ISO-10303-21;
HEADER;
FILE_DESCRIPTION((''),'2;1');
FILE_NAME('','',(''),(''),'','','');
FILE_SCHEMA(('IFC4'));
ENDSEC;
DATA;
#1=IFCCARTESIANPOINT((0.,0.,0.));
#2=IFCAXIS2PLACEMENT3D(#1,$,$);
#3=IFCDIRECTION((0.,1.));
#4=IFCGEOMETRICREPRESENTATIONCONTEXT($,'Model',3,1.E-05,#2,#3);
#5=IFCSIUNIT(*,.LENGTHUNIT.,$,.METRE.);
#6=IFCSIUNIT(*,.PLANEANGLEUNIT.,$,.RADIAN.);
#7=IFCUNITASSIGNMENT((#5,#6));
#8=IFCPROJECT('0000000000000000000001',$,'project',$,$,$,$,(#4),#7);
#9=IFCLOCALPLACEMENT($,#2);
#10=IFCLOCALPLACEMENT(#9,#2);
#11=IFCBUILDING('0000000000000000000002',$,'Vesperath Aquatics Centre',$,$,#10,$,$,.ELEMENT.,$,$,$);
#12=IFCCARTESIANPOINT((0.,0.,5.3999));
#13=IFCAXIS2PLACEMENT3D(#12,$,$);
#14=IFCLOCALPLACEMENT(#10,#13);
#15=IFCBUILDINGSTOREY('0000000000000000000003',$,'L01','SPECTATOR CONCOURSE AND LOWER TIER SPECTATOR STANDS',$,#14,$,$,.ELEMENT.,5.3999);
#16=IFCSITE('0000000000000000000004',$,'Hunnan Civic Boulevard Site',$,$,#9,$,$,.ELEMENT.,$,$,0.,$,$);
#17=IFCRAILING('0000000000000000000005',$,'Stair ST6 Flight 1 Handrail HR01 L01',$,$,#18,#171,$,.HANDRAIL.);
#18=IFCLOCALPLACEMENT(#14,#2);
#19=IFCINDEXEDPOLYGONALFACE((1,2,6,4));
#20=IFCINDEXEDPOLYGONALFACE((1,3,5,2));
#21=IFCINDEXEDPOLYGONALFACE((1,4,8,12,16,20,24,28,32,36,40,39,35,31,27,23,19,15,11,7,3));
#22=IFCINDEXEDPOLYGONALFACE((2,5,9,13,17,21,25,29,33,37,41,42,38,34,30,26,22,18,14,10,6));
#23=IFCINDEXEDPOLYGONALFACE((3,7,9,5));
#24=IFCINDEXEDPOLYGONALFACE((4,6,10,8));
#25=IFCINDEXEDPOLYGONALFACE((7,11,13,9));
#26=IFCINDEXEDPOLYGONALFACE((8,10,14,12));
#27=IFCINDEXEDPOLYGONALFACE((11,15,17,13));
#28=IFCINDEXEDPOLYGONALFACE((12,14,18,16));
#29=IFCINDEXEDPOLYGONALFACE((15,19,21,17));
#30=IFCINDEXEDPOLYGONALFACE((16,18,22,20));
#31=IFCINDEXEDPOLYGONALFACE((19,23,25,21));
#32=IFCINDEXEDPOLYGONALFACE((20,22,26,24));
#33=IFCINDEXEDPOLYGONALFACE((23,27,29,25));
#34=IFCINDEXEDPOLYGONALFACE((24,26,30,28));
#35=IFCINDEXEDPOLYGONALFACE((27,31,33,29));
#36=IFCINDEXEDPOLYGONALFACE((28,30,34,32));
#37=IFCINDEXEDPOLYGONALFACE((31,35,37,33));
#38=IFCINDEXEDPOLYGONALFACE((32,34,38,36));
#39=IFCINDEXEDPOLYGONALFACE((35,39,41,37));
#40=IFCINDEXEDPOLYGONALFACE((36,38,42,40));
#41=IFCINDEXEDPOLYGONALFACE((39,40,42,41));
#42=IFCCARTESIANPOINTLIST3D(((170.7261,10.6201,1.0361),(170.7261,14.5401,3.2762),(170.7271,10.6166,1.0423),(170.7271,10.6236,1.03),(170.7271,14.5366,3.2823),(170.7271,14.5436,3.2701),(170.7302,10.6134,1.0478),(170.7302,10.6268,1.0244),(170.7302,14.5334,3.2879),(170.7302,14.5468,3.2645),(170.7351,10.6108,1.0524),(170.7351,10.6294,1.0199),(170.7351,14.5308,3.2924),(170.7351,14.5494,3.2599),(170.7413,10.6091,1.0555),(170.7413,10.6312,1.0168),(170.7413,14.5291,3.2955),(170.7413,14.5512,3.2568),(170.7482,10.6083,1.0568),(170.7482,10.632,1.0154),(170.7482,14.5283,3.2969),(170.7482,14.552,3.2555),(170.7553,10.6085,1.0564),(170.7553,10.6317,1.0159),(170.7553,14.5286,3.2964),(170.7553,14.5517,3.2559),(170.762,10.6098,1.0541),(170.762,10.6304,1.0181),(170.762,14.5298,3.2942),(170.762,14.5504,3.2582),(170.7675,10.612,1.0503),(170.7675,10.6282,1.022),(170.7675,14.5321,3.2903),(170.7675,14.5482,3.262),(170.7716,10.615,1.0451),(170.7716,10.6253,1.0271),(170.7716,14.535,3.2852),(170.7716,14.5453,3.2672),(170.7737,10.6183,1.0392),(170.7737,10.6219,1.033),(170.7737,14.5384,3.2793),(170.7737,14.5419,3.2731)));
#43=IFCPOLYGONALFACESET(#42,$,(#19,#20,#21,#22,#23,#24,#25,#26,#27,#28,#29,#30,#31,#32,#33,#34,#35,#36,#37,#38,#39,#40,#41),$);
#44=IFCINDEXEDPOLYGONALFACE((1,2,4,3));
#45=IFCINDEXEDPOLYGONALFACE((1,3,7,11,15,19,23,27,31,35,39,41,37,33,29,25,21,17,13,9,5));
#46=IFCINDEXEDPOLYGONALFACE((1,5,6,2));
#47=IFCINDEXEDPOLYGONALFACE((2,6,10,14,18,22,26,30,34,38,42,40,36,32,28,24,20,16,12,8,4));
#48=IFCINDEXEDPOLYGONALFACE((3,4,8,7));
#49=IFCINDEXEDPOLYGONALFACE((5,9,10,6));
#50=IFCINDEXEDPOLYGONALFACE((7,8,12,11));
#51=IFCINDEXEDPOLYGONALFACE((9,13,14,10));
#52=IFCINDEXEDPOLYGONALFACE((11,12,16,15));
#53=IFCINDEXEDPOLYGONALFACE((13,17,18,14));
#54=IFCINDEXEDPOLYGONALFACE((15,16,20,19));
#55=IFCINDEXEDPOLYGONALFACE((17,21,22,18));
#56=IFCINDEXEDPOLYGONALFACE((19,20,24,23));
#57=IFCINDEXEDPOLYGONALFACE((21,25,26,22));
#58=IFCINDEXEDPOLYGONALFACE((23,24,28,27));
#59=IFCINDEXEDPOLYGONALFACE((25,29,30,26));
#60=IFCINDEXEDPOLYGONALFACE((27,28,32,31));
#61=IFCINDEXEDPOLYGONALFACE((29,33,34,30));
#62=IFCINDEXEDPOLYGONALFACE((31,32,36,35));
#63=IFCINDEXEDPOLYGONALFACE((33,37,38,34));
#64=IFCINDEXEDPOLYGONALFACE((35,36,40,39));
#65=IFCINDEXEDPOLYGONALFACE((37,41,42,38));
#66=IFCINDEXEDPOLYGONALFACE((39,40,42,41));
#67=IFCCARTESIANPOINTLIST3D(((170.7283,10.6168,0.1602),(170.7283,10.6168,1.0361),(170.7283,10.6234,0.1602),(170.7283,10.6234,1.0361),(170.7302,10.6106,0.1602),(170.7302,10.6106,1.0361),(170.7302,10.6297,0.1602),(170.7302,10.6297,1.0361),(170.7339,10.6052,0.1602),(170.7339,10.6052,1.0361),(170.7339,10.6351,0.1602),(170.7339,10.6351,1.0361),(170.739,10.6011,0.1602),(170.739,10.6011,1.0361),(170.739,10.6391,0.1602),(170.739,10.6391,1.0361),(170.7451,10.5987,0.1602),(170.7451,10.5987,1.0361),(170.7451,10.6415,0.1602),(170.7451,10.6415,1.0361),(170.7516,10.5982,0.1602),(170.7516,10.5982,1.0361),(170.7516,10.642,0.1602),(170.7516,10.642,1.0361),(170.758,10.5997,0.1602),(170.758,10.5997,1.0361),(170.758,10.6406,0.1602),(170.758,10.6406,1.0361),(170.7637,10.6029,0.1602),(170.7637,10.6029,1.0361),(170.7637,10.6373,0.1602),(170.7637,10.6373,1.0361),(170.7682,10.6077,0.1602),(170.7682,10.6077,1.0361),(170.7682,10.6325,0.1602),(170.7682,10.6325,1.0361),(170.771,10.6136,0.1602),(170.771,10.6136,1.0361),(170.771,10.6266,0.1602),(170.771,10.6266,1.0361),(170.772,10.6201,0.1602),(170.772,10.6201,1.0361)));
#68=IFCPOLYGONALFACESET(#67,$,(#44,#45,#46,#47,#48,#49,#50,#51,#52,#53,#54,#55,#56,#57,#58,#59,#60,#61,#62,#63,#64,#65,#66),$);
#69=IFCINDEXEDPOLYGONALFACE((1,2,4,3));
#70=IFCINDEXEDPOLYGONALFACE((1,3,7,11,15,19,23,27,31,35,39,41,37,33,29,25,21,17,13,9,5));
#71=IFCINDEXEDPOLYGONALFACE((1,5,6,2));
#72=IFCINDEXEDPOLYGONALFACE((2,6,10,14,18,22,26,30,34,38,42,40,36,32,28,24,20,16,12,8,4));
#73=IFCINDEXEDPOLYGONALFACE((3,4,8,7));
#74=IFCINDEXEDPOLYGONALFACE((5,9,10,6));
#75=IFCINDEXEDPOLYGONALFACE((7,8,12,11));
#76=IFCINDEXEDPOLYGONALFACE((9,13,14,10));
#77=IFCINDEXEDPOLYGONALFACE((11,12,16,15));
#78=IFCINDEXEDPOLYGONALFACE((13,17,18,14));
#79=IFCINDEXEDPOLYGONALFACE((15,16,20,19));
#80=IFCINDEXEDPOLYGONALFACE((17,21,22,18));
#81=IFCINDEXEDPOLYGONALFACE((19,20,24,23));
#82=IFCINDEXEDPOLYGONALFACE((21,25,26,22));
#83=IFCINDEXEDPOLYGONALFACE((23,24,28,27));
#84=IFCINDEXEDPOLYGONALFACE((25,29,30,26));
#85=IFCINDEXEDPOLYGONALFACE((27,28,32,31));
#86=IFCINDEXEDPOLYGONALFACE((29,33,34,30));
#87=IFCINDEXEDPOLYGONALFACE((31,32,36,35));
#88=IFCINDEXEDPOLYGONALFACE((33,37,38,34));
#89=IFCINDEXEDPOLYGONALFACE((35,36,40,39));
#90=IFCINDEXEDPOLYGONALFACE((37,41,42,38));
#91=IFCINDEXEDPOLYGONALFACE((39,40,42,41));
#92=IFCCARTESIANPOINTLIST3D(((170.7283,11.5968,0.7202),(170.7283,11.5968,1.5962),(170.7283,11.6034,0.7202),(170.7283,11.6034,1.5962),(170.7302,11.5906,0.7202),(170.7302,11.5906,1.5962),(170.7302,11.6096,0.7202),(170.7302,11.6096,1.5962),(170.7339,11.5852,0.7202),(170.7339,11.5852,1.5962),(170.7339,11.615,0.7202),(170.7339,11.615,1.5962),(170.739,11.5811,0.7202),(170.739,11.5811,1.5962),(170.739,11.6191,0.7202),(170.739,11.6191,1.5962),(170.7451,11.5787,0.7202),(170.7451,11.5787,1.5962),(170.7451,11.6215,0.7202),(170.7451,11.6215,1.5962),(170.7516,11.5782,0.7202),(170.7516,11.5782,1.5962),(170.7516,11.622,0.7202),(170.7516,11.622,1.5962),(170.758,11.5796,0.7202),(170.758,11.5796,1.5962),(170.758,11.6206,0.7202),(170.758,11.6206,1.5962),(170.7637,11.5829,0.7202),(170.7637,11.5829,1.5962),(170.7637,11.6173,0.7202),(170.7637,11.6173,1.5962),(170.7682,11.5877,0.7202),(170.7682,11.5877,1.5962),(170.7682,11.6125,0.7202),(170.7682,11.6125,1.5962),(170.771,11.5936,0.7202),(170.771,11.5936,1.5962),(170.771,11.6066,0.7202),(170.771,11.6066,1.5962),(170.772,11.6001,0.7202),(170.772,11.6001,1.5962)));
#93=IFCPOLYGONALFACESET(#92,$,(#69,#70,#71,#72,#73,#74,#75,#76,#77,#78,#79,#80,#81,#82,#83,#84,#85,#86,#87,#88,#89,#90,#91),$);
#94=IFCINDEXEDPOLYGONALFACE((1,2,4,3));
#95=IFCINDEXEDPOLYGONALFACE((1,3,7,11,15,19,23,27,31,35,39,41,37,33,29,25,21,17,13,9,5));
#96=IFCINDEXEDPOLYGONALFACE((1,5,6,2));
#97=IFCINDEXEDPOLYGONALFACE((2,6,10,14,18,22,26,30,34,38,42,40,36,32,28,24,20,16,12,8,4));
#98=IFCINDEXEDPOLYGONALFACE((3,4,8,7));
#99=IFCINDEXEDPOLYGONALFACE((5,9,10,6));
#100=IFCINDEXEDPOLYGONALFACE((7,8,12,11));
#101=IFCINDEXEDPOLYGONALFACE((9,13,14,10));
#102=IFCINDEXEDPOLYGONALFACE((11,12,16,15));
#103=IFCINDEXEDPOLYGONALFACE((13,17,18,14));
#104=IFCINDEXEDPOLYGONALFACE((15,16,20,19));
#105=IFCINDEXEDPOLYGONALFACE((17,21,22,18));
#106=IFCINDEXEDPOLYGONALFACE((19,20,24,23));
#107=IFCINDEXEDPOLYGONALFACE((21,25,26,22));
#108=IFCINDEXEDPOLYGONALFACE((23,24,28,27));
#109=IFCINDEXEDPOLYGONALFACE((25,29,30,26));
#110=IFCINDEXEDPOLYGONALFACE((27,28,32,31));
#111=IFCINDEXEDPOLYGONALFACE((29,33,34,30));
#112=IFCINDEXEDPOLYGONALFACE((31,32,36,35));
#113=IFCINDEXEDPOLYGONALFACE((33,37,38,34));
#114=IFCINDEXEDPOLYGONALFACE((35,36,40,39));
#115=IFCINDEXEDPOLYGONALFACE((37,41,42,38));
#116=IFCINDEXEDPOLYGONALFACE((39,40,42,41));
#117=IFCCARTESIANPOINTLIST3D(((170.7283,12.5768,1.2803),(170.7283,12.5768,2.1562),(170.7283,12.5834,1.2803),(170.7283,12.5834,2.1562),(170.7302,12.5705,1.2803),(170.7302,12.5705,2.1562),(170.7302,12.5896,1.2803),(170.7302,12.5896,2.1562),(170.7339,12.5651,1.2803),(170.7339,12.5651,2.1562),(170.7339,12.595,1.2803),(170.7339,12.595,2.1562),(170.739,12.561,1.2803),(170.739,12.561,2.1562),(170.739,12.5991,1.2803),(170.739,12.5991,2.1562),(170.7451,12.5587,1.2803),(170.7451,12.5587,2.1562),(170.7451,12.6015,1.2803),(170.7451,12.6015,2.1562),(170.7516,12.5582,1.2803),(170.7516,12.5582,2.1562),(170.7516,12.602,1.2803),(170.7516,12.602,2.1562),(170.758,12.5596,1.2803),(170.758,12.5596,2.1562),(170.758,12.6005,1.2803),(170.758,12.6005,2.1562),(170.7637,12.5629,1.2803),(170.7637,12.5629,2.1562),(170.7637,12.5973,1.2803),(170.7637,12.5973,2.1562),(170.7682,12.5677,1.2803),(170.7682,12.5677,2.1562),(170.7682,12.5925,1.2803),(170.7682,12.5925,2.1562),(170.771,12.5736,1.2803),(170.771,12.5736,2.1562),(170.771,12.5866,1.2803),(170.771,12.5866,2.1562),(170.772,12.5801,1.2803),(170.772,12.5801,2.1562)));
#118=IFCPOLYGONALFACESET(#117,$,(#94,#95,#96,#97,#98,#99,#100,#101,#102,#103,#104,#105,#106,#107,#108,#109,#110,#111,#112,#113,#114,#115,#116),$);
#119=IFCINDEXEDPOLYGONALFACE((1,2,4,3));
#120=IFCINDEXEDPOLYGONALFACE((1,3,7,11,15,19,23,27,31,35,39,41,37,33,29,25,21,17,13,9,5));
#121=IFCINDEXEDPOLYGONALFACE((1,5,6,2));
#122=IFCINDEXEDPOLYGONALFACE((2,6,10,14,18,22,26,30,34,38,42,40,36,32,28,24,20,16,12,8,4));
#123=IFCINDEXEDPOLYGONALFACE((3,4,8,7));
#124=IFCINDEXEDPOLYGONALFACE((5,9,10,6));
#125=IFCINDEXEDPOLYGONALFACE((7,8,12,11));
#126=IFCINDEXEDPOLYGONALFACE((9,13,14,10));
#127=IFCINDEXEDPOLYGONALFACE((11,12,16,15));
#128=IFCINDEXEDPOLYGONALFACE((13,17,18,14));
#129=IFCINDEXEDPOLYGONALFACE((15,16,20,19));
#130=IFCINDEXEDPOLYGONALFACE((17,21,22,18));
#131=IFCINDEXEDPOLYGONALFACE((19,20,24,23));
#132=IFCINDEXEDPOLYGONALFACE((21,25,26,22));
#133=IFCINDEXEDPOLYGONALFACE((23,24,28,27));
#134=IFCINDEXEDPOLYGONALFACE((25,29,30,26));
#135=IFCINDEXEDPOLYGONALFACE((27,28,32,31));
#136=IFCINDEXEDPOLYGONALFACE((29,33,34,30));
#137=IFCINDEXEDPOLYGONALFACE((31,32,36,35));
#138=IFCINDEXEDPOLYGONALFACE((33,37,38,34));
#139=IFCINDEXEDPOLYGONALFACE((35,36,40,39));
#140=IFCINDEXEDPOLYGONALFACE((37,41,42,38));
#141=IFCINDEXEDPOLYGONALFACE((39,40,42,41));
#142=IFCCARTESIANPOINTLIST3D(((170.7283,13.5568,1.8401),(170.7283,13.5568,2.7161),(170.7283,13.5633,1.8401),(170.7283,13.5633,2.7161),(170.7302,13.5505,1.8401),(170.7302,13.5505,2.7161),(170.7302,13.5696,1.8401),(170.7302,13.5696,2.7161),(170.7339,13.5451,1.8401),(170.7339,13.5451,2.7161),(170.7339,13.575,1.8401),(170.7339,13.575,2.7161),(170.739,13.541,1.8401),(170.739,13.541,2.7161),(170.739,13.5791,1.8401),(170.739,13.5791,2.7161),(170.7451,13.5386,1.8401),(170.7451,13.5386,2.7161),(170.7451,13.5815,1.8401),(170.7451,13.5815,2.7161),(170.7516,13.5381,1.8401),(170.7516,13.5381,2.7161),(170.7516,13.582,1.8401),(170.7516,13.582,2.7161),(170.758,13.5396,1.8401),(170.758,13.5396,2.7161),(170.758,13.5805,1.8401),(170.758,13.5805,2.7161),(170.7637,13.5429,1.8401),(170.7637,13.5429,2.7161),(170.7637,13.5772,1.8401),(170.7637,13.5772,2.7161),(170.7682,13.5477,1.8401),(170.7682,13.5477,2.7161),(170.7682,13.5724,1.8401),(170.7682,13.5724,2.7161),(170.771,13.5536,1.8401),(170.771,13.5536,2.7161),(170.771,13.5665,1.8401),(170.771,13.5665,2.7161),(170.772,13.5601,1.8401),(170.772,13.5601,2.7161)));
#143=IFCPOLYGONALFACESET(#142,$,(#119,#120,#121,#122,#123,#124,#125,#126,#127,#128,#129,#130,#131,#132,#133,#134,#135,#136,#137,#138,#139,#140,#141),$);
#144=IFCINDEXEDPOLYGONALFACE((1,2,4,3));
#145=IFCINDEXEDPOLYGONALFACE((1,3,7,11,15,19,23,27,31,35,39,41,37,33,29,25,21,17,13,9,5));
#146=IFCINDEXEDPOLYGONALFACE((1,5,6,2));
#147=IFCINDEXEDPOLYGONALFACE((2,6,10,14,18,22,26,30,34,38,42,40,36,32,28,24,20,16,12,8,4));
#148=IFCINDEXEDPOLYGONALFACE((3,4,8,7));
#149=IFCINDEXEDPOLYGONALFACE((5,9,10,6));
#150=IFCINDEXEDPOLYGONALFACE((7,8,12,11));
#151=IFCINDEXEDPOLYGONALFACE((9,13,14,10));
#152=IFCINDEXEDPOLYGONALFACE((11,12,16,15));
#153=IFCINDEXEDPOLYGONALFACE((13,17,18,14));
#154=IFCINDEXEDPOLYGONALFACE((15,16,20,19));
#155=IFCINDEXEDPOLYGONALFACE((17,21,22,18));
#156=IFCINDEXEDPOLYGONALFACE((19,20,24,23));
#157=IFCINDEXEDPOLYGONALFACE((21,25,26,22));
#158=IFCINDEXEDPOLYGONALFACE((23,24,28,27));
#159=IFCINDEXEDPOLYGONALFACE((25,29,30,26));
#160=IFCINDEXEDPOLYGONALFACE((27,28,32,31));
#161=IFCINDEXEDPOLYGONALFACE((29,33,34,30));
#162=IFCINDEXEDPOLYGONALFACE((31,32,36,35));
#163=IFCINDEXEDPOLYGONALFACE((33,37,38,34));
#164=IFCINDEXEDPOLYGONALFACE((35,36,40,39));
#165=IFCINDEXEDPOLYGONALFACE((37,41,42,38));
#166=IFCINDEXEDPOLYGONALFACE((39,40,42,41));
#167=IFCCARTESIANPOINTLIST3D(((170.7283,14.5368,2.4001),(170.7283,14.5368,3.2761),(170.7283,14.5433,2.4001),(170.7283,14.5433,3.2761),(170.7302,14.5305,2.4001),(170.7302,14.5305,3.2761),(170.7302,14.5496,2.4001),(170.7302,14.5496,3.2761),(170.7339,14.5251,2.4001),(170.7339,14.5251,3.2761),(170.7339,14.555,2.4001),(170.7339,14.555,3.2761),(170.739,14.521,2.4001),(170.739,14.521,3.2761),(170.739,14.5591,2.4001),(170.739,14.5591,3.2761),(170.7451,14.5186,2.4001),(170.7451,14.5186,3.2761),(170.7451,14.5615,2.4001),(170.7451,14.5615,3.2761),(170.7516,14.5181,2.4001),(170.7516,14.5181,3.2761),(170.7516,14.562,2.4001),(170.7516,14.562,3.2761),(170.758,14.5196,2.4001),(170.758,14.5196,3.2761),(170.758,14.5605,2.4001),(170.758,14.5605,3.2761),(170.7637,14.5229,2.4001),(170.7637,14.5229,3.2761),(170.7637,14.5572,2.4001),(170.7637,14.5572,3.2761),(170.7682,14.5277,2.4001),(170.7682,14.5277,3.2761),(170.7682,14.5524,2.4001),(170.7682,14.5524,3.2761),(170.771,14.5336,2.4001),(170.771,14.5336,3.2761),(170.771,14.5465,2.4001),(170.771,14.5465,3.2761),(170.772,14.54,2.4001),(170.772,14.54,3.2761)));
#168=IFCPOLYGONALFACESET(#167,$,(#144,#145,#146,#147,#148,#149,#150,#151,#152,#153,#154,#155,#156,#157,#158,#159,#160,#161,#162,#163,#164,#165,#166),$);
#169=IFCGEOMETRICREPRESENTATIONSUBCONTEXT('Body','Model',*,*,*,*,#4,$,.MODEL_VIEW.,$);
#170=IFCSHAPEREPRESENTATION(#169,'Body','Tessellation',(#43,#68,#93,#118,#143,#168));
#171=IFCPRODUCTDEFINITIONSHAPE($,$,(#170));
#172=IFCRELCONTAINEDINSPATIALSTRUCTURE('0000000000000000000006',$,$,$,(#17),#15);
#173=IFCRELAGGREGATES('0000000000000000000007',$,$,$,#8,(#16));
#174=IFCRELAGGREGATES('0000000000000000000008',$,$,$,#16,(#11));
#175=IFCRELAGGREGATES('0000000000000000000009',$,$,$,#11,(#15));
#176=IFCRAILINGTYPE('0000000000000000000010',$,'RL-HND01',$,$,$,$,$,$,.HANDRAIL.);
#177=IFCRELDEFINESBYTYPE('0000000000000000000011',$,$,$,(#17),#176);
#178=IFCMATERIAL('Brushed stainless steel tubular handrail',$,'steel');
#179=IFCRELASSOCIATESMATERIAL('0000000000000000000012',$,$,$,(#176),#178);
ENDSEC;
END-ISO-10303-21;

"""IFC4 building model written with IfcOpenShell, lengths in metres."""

from ifc_helpers import new_model, si_unit, direction, frame, origin, origin_2d, place, context, subcontext, project, spatial, circle, extrude, material, type_object, element, save


model = new_model("IFC4")

# Units and contexts
model_context = context("Model", 3, precision=1e-05, world=origin(), true_north=direction((0.0, 1.0)))
body_context = subcontext(model_context, "Body", "Model", "MODEL_VIEW")
ifc_project = project(units=[si_unit("LENGTHUNIT", "METRE"), si_unit("PLANEANGLEUNIT", "RADIAN")], contexts=[model_context])

# Site, building, storey
site_placement = place(None, origin())
site = spatial("IfcSite", under=ifc_project, at=site_placement, Name="Hunnan Civic Boulevard Site", CompositionType="ELEMENT", RefElevation=0.0)
building_placement = place(site_placement, origin())
building = spatial("IfcBuilding", under=site, at=building_placement, Name="Vesperath Aquatics Centre", CompositionType="ELEMENT")
storey_placement = place(building_placement, frame((0.0, 0.0, 5.3999)))
storey = spatial("IfcBuildingStorey", under=building, at=storey_placement, Name="L01", Description="SPECTATOR CONCOURSE AND LOWER TIER SPECTATOR STANDS", CompositionType="ELEMENT", Elevation=5.3999)

# Railing
ifc_material_1 = material(Name="Brushed stainless steel tubular handrail", Category="steel")
railing_type_1 = type_object("IfcRailingType", Name="RL-HND01", PredefinedType="HANDRAIL", material=ifc_material_1)
railing_1_placement = place(storey_placement, frame((170.75, 10.6201, 0.1602)))
element("IfcRailing", 1, at=railing_1_placement, inside=storey, type_object=railing_type_1, Name="Stair ST6 Flight 1 Handrail HR01 L01", PredefinedType="HANDRAIL", context=body_context, shape_type="SweptSolid", body=[
    extrude(circle(Radius=0.0239, at=origin_2d()), frame((0.0, 0.0, 0.876), z_axis=(0.0, 0.86824, 0.496145), x_axis=(-1.0, 0.0, 0.0)), (0.0, 0.0, 1.0), 4.5149),
    extrude(circle(Radius=0.022, at=origin_2d()), origin(), (0.0, 0.0, 1.0), 0.876),
    extrude(circle(Radius=0.022, at=origin_2d()), frame((0.0, 0.98, 0.5601)), (0.0, 0.0, 1.0), 0.876),
    extrude(circle(Radius=0.022, at=origin_2d()), frame((0.0, 1.96, 1.1201)), (0.0, 0.0, 1.0), 0.876),
    extrude(circle(Radius=0.022, at=origin_2d()), frame((0.0, 2.9399, 1.6799)), (0.0, 0.0, 1.0), 0.876),
    extrude(circle(Radius=0.022, at=origin_2d()), frame((0.0, 3.9199, 2.24)), (0.0, 0.0, 1.0), 0.876),
])

save(model, "model.ifc")
